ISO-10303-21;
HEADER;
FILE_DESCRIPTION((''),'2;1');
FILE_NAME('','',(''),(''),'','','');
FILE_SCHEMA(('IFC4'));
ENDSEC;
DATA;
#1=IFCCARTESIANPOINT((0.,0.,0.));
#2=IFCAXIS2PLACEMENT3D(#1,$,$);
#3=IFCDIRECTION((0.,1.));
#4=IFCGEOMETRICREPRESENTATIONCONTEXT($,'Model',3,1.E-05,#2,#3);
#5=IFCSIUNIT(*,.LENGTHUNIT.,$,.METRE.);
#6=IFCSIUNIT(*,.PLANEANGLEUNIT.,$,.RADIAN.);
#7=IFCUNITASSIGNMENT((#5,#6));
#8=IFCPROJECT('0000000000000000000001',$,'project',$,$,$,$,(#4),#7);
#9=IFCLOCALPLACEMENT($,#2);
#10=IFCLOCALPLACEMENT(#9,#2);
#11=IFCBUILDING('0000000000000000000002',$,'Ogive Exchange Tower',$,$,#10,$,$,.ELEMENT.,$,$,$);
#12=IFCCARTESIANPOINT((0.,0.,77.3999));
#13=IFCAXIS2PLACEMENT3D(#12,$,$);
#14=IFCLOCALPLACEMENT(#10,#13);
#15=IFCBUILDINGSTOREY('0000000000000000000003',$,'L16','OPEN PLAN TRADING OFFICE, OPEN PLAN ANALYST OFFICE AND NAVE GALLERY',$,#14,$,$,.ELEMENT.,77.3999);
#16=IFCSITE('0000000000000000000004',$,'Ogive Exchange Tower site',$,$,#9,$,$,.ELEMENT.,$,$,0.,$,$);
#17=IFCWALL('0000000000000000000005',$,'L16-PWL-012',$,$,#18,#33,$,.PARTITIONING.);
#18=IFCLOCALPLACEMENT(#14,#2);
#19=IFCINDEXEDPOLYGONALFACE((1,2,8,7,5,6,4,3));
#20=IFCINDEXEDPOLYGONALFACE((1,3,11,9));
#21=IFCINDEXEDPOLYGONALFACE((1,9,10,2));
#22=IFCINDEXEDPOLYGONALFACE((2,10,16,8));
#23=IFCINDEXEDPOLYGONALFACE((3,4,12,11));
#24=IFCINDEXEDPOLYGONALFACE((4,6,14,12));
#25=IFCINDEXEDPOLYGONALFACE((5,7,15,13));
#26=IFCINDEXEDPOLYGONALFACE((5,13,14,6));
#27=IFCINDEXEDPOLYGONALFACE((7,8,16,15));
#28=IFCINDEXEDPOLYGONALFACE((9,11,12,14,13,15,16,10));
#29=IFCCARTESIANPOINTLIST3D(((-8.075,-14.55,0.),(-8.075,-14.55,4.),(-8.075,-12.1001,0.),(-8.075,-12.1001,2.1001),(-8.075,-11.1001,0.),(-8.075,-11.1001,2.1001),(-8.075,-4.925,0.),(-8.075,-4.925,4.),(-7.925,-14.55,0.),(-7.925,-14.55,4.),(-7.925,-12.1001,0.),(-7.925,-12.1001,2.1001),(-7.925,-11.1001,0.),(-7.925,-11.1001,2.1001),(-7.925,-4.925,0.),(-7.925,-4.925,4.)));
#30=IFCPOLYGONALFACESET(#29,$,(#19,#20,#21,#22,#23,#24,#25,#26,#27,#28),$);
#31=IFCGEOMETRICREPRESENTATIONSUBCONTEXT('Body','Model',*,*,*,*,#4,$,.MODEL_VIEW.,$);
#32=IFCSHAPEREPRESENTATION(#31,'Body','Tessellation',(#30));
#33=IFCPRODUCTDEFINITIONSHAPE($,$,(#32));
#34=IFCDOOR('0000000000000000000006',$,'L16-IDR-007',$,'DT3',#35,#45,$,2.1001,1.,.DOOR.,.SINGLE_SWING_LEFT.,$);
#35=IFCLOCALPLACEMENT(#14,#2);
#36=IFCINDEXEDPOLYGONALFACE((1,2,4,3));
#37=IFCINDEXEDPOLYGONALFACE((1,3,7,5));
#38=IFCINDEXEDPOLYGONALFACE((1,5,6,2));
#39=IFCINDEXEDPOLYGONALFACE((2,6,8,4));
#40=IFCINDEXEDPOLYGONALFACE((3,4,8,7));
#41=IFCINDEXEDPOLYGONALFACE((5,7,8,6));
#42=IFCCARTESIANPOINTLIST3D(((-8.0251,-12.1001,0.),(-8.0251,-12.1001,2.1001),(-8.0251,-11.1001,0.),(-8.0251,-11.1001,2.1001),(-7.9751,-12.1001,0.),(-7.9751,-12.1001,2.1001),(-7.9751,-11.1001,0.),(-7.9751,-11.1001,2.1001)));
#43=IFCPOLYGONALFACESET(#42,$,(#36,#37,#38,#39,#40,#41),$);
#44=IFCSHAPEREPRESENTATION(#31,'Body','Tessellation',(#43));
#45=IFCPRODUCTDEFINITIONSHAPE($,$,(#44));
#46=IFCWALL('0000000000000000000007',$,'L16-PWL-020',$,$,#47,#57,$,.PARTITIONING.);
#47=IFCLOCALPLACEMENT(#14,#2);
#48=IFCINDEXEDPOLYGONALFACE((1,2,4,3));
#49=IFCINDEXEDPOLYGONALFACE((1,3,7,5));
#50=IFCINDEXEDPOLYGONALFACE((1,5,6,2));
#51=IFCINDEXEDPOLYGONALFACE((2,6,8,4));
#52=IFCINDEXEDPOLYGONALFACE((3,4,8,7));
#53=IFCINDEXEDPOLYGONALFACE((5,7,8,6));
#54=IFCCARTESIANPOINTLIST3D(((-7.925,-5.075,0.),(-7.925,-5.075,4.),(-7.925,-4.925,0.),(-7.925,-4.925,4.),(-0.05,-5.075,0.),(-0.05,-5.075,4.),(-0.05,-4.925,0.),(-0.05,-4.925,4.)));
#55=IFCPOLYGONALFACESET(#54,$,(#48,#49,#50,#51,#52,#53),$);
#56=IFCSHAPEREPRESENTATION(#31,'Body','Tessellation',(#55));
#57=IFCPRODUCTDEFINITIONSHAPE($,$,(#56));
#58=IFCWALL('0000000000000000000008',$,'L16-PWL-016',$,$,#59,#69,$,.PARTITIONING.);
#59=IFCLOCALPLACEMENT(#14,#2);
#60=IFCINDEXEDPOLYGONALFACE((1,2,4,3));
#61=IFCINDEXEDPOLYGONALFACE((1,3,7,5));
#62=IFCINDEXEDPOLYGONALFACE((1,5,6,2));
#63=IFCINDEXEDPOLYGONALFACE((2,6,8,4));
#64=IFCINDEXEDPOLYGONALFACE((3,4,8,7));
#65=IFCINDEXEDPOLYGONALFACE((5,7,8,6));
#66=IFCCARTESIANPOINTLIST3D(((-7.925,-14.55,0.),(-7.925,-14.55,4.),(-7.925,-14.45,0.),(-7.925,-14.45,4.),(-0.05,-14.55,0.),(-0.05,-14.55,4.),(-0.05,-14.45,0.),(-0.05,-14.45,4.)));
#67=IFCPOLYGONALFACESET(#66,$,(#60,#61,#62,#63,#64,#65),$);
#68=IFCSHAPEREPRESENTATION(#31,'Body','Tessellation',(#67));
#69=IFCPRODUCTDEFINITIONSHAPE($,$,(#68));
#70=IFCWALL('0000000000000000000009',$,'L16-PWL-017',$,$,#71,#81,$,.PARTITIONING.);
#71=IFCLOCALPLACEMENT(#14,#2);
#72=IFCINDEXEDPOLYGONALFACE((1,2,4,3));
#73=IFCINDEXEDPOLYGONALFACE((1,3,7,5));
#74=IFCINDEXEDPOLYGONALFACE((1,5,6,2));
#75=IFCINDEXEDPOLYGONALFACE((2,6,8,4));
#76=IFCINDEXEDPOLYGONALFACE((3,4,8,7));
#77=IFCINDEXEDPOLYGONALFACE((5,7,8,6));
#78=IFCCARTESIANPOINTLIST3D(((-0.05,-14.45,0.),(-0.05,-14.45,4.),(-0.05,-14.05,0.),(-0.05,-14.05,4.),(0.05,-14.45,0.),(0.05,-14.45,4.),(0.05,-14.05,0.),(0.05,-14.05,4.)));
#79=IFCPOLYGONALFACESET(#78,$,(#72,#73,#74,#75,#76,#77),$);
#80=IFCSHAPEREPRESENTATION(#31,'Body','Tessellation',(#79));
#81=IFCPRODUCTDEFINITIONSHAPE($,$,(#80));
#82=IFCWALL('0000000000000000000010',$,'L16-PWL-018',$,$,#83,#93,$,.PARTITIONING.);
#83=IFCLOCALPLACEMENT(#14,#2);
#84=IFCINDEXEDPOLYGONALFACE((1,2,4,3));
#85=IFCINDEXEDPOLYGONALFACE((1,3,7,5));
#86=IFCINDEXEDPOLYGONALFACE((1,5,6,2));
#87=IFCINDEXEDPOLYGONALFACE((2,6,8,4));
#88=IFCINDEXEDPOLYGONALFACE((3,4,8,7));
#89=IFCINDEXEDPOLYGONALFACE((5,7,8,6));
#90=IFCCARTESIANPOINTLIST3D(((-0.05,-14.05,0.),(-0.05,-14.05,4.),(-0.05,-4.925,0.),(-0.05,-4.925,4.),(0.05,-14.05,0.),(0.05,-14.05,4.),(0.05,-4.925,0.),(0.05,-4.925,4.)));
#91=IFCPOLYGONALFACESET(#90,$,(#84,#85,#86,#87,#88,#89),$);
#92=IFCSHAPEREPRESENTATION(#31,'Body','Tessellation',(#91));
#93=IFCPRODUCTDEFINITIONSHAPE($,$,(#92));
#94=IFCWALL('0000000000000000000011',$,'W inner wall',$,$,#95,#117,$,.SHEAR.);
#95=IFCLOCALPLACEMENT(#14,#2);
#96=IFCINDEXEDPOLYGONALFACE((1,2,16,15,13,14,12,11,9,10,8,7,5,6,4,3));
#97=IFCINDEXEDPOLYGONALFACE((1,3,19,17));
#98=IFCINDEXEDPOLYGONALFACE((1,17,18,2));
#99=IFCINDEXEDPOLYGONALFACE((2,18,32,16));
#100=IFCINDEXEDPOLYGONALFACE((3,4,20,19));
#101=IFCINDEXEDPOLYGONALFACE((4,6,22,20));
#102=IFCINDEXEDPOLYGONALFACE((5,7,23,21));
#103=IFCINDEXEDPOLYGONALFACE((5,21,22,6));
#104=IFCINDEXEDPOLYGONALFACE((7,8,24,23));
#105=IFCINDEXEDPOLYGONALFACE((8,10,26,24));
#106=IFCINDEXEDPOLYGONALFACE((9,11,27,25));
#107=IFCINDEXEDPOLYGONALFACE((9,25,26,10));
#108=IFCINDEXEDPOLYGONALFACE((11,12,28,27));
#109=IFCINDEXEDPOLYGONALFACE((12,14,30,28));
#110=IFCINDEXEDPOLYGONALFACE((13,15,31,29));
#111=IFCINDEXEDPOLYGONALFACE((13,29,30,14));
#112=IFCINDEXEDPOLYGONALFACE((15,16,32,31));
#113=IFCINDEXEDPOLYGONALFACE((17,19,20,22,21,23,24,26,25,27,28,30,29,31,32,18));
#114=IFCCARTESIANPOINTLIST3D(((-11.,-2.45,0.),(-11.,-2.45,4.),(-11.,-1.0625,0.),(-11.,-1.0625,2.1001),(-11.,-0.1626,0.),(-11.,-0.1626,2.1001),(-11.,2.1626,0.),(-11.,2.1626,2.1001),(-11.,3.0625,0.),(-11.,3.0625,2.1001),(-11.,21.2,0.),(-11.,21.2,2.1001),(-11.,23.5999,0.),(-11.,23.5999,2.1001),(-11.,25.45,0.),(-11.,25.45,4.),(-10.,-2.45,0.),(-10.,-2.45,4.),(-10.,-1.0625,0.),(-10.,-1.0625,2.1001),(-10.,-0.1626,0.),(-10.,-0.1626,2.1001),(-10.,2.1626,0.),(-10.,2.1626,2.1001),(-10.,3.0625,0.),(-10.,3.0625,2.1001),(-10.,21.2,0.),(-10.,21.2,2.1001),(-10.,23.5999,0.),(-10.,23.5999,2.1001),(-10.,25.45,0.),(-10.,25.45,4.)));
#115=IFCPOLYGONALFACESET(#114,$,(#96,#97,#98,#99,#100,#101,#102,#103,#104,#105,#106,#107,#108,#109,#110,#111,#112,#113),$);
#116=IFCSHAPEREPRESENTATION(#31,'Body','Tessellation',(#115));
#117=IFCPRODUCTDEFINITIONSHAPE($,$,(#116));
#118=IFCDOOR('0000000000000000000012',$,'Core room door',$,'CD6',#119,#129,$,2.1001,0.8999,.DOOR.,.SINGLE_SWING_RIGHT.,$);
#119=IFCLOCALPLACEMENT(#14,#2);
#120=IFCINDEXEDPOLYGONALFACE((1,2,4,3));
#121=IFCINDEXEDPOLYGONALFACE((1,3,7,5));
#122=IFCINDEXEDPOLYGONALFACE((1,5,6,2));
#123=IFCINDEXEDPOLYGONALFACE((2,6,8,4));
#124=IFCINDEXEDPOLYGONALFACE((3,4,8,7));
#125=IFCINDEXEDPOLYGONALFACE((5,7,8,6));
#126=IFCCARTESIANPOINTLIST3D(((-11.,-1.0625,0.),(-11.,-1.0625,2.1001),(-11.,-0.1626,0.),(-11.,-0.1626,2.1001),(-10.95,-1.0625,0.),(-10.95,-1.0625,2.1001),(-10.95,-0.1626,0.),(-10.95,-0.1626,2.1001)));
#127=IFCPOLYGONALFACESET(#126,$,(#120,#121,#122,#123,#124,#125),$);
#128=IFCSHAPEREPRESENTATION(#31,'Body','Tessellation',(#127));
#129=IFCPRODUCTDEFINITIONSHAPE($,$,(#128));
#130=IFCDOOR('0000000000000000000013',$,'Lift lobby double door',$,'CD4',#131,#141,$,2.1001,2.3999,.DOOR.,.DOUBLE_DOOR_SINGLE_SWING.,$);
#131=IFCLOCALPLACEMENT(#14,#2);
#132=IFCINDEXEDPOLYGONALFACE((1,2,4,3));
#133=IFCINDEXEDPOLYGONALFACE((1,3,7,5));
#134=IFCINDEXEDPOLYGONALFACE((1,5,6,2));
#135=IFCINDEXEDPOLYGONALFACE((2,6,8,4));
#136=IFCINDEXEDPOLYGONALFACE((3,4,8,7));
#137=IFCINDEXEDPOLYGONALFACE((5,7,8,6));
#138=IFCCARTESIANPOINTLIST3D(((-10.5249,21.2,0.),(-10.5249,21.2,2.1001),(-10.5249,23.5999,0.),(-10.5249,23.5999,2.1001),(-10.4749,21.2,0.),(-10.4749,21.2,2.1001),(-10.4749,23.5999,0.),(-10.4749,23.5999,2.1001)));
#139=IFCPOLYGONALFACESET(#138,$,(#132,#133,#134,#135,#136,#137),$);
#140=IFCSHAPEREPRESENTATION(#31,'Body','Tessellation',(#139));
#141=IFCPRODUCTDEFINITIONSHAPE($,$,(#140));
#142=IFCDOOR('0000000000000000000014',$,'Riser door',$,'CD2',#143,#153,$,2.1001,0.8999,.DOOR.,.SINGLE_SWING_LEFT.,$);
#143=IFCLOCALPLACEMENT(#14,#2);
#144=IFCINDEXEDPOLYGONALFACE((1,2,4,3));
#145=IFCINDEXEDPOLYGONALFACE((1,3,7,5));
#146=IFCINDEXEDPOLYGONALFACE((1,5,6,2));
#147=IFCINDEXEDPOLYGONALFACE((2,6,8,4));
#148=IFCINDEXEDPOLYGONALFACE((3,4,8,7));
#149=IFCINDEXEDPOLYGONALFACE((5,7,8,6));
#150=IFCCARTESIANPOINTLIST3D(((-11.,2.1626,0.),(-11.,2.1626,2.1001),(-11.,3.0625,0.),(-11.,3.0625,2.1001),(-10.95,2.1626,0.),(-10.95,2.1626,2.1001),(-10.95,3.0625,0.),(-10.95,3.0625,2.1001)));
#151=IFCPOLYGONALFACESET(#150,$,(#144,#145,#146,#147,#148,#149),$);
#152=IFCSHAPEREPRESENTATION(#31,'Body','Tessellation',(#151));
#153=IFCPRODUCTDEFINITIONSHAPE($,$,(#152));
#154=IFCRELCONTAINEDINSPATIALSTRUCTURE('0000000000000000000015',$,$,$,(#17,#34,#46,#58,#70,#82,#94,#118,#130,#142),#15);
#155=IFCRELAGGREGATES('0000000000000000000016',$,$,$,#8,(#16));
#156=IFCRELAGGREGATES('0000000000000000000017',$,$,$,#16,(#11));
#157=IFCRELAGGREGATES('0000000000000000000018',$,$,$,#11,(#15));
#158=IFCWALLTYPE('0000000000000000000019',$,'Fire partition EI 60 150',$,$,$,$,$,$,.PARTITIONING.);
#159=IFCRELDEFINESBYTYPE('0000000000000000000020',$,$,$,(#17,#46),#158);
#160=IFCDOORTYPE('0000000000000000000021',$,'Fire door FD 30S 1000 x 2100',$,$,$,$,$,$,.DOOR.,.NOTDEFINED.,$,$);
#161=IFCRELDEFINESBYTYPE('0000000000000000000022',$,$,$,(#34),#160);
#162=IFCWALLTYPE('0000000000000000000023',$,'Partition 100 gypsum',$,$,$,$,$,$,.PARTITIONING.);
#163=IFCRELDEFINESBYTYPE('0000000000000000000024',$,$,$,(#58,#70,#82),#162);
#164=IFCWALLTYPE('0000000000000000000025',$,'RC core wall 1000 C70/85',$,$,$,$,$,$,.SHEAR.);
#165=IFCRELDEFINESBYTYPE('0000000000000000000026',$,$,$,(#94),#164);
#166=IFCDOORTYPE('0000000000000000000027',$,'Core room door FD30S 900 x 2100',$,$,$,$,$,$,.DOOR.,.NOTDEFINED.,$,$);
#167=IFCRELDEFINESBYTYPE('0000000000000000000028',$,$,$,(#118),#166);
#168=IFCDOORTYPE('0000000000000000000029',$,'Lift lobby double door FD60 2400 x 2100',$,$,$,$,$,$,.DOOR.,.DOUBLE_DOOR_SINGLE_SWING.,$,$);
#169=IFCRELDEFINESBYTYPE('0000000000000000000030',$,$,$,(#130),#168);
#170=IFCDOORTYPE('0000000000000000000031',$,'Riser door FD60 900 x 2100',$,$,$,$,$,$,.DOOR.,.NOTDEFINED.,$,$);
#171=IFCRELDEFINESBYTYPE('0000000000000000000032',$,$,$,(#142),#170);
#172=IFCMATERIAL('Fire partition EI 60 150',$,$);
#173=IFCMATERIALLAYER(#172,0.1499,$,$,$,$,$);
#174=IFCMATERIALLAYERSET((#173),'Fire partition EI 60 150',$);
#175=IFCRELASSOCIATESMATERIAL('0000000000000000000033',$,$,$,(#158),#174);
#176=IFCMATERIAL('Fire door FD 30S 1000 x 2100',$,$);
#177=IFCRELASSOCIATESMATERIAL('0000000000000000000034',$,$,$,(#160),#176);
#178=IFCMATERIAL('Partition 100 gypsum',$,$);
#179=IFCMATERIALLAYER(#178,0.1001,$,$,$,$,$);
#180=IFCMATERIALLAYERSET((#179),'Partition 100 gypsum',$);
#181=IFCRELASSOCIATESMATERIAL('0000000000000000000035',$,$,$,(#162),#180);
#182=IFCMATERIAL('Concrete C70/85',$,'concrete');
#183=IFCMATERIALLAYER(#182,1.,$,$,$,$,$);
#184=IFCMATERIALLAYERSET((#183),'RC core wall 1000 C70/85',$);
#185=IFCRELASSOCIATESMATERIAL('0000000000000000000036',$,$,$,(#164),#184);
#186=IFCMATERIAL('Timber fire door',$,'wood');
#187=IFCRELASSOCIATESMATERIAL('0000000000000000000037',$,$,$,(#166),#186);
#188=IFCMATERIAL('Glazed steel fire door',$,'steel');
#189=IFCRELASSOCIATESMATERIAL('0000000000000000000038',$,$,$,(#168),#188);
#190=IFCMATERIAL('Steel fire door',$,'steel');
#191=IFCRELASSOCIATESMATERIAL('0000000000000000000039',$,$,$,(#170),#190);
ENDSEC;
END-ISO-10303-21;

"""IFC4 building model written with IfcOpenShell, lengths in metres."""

from ifc_helpers import new_model, si_unit, direction, frame, frame_2d, origin, place, context, subcontext, project, spatial, rectangle, extrude, material, layer, layer_set, type_object, element, fill, save


model = new_model("IFC4")

# Units and contexts
model_context = context("Model", 3, precision=1e-05, world=origin(), true_north=direction((0.0, 1.0)))
body_context = subcontext(model_context, "Body", "Model", "MODEL_VIEW")
ifc_project = project(units=[si_unit("LENGTHUNIT", "METRE"), si_unit("PLANEANGLEUNIT", "RADIAN")], contexts=[model_context])

# Site, building, storey
site_placement = place(None, origin())
site = spatial("IfcSite", under=ifc_project, at=site_placement, Name="Ogive Exchange Tower site", CompositionType="ELEMENT", RefElevation=0.0)
building_placement = place(site_placement, origin())
building = spatial("IfcBuilding", under=site, at=building_placement, Name="Ogive Exchange Tower", CompositionType="ELEMENT")
storey_placement = place(building_placement, frame((0.0, 0.0, 77.3999)))
storey = spatial("IfcBuildingStorey", under=building, at=storey_placement, Name="L16", Description="OPEN PLAN TRADING OFFICE, OPEN PLAN ANALYST OFFICE AND NAVE GALLERY", CompositionType="ELEMENT", Elevation=77.3999)

# Wall, opening, door
ifc_material_1 = material(Name="Fire partition EI 60 150")
ifc_layer_1 = layer(ifc_material_1, 0.1499)
ifc_layer_set_1 = layer_set([ifc_layer_1], Name="Fire partition EI 60 150")
wall_type_1 = type_object("IfcWallType", Name="Fire partition EI 60 150", PredefinedType="PARTITIONING", material=ifc_layer_set_1)
wall_1_placement = place(storey_placement, frame((-8.0, -4.925, 0.0), z_axis=(0.0, 0.0, 1.0), x_axis=(0.0, -1.0, 0.0)))
wall_1 = element("IfcWall", 1, at=wall_1_placement, inside=storey, type_object=wall_type_1, Name="L16-PWL-012", PredefinedType="PARTITIONING", context=body_context, shape_type="SweptSolid", body=[
    extrude(rectangle(XDim=9.625, YDim=0.1499, at=frame_2d((4.8125, 0.0))), origin(), (0.0, 0.0, 1.0), 4.0),
])
opening_1_placement = place(wall_1_placement, frame((6.175, 0.0, 0.0)))
opening_1 = element("IfcOpeningElement", 2, at=opening_1_placement, cuts=wall_1, PredefinedType="OPENING", context=body_context, shape_type="SweptSolid", body=[
    extrude(rectangle(XDim=1.0, YDim=2.1001, at=frame_2d((0.5, 1.05))), frame((0.0, 0.085, 0.0), z_axis=(0.0, -1.0, 0.0), x_axis=(1.0, 0.0, 0.0)), (0.0, 0.0, 1.0), 0.1699),
])
ifc_material_2 = material(Name="Fire door FD 30S 1000 x 2100")
door_type_1 = type_object("IfcDoorType", Name="Fire door FD 30S 1000 x 2100", OperationType="NOTDEFINED", PredefinedType="DOOR", material=ifc_material_2)
door_1_placement = place(opening_1_placement, origin())
door_1 = element("IfcDoor", 3, at=door_1_placement, inside=storey, type_object=door_type_1, Name="L16-IDR-007", ObjectType="DT3", OperationType="SINGLE_SWING_LEFT", OverallHeight=2.1001, OverallWidth=1.0, PredefinedType="DOOR", context=body_context, shape_type="SweptSolid", body=[
    extrude(rectangle(XDim=1.0, YDim=2.1001, at=frame_2d((0.5, 1.05))), frame((0.0, 0.0249, 0.0), z_axis=(0.0, -1.0, 0.0), x_axis=(1.0, 0.0, 0.0)), (0.0, 0.0, 1.0), 0.05),
])
fill(opening_1, door_1)

# Walls
wall_2_placement = place(storey_placement, frame((-0.05, -5.0, 0.0), z_axis=(0.0, 0.0, 1.0), x_axis=(-1.0, 0.0, 0.0)))
element("IfcWall", 4, at=wall_2_placement, inside=storey, type_object=wall_type_1, Name="L16-PWL-020", PredefinedType="PARTITIONING", context=body_context, shape_type="SweptSolid", body=[
    extrude(rectangle(XDim=7.875, YDim=0.1499, at=frame_2d((3.9375, 0.0))), origin(), (0.0, 0.0, 1.0), 4.0),
])
ifc_material_3 = material(Name="Partition 100 gypsum")
ifc_layer_2 = layer(ifc_material_3, 0.1001)
ifc_layer_set_2 = layer_set([ifc_layer_2], Name="Partition 100 gypsum")
wall_type_2 = type_object("IfcWallType", Name="Partition 100 gypsum", PredefinedType="PARTITIONING", material=ifc_layer_set_2)
wall_3_placement = place(storey_placement, frame((-0.05, -14.5, 0.0), z_axis=(0.0, 0.0, 1.0), x_axis=(-1.0, 0.0, 0.0)))
element("IfcWall", 5, at=wall_3_placement, inside=storey, type_object=wall_type_2, Name="L16-PWL-016", PredefinedType="PARTITIONING", context=body_context, shape_type="SweptSolid", body=[
    extrude(rectangle(XDim=7.875, YDim=0.1001, at=frame_2d((3.9375, 0.0))), origin(), (0.0, 0.0, 1.0), 4.0),
])
wall_4_placement = place(storey_placement, frame((0.0, -14.45, 0.0), z_axis=(0.0, 0.0, 1.0), x_axis=(0.0, 1.0, 0.0)))
element("IfcWall", 6, at=wall_4_placement, inside=storey, type_object=wall_type_2, Name="L16-PWL-017", PredefinedType="PARTITIONING", context=body_context, shape_type="SweptSolid", body=[
    extrude(rectangle(XDim=0.3999, YDim=0.1001, at=frame_2d((0.2, 0.0))), origin(), (0.0, 0.0, 1.0), 4.0),
])
wall_5_placement = place(storey_placement, frame((0.0, -14.05, 0.0), z_axis=(0.0, 0.0, 1.0), x_axis=(0.0, 1.0, 0.0)))
element("IfcWall", 7, at=wall_5_placement, inside=storey, type_object=wall_type_2, Name="L16-PWL-018", PredefinedType="PARTITIONING", context=body_context, shape_type="SweptSolid", body=[
    extrude(rectangle(XDim=9.125, YDim=0.1001, at=frame_2d((4.5625, 0.0))), origin(), (0.0, 0.0, 1.0), 4.0),
])

# Wall, openings, doors
ifc_material_4 = material(Name="Concrete C70/85", Category="concrete")
ifc_layer_3 = layer(ifc_material_4, 1.0)
ifc_layer_set_3 = layer_set([ifc_layer_3], Name="RC core wall 1000 C70/85")
wall_type_3 = type_object("IfcWallType", Name="RC core wall 1000 C70/85", PredefinedType="SHEAR", material=ifc_layer_set_3)
wall_6_placement = place(storey_placement, frame((-10.5, -2.45, 0.0), z_axis=(0.0, 0.0, 1.0), x_axis=(0.0, 1.0, 0.0)))
wall_6 = element("IfcWall", 8, at=wall_6_placement, inside=storey, type_object=wall_type_3, Name="W inner wall", PredefinedType="SHEAR", context=body_context, shape_type="SweptSolid", body=[
    extrude(rectangle(XDim=27.8999, YDim=1.0, at=frame_2d((13.95, 0.0))), origin(), (0.0, 0.0, 1.0), 4.0),
])
opening_2_placement = place(wall_6_placement, frame((23.6499, 0.0, 0.0)))
opening_2 = element("IfcOpeningElement", 9, at=opening_2_placement, cuts=wall_6, PredefinedType="OPENING", context=body_context, shape_type="SweptSolid", body=[
    extrude(rectangle(XDim=2.3999, YDim=2.1001, at=frame_2d((1.2, 1.05))), frame((0.0, 0.51, 0.0), z_axis=(0.0, -1.0, 0.0), x_axis=(1.0, 0.0, 0.0)), (0.0, 0.0, 1.0), 1.02),
])
opening_3_placement = place(wall_6_placement, frame((1.3875, 0.0, 0.0)))
opening_3 = element("IfcOpeningElement", 10, at=opening_3_placement, cuts=wall_6, PredefinedType="OPENING", context=body_context, shape_type="SweptSolid", body=[
    extrude(rectangle(XDim=0.8999, YDim=2.1001, at=frame_2d((0.45, 1.05))), frame((0.0, 0.51, 0.0), z_axis=(0.0, -1.0, 0.0), x_axis=(1.0, 0.0, 0.0)), (0.0, 0.0, 1.0), 1.02),
])
opening_4_placement = place(wall_6_placement, frame((4.6125, 0.0, 0.0)))
opening_4 = element("IfcOpeningElement", 11, at=opening_4_placement, cuts=wall_6, PredefinedType="OPENING", context=body_context, shape_type="SweptSolid", body=[
    extrude(rectangle(XDim=0.8999, YDim=2.1001, at=frame_2d((0.45, 1.05))), frame((0.0, 0.51, 0.0), z_axis=(0.0, -1.0, 0.0), x_axis=(1.0, 0.0, 0.0)), (0.0, 0.0, 1.0), 1.02),
])
ifc_material_5 = material(Name="Timber fire door", Category="wood")
door_type_2 = type_object("IfcDoorType", Name="Core room door FD30S 900 x 2100", OperationType="NOTDEFINED", PredefinedType="DOOR", material=ifc_material_5)
door_2_placement = place(opening_3_placement, origin())
door_2 = element("IfcDoor", 12, at=door_2_placement, inside=storey, type_object=door_type_2, Name="Core room door", ObjectType="CD6", OperationType="SINGLE_SWING_RIGHT", OverallHeight=2.1001, OverallWidth=0.8999, PredefinedType="DOOR", context=body_context, shape_type="SweptSolid", body=[
    extrude(rectangle(XDim=0.8999, YDim=2.1001, at=frame_2d((0.45, 1.05))), frame((0.0, 0.5, 0.0), z_axis=(0.0, -1.0, 0.0), x_axis=(1.0, 0.0, 0.0)), (0.0, 0.0, 1.0), 0.05),
])
fill(opening_3, door_2)
ifc_material_6 = material(Name="Glazed steel fire door", Category="steel")
door_type_3 = type_object("IfcDoorType", Name="Lift lobby double door FD60 2400 x 2100", OperationType="DOUBLE_DOOR_SINGLE_SWING", PredefinedType="DOOR", material=ifc_material_6)
door_3_placement = place(opening_2_placement, origin())
door_3 = element("IfcDoor", 13, at=door_3_placement, inside=storey, type_object=door_type_3, Name="Lift lobby double door", ObjectType="CD4", OperationType="DOUBLE_DOOR_SINGLE_SWING", OverallHeight=2.1001, OverallWidth=2.3999, PredefinedType="DOOR", context=body_context, shape_type="SweptSolid", body=[
    extrude(rectangle(XDim=2.3999, YDim=2.1001, at=frame_2d((1.2, 1.05))), frame((0.0, 0.0249, 0.0), z_axis=(0.0, -1.0, 0.0), x_axis=(1.0, 0.0, 0.0)), (0.0, 0.0, 1.0), 0.05),
])
fill(opening_2, door_3)
ifc_material_7 = material(Name="Steel fire door", Category="steel")
door_type_4 = type_object("IfcDoorType", Name="Riser door FD60 900 x 2100", OperationType="NOTDEFINED", PredefinedType="DOOR", material=ifc_material_7)
door_4_placement = place(opening_4_placement, origin())
door_4 = element("IfcDoor", 14, at=door_4_placement, inside=storey, type_object=door_type_4, Name="Riser door", ObjectType="CD2", OperationType="SINGLE_SWING_LEFT", OverallHeight=2.1001, OverallWidth=0.8999, PredefinedType="DOOR", context=body_context, shape_type="SweptSolid", body=[
    extrude(rectangle(XDim=0.8999, YDim=2.1001, at=frame_2d((0.45, 1.05))), frame((0.0, 0.5, 0.0), z_axis=(0.0, -1.0, 0.0), x_axis=(1.0, 0.0, 0.0)), (0.0, 0.0, 1.0), 0.05),
])
fill(opening_4, door_4)

save(model, "model.ifc")
